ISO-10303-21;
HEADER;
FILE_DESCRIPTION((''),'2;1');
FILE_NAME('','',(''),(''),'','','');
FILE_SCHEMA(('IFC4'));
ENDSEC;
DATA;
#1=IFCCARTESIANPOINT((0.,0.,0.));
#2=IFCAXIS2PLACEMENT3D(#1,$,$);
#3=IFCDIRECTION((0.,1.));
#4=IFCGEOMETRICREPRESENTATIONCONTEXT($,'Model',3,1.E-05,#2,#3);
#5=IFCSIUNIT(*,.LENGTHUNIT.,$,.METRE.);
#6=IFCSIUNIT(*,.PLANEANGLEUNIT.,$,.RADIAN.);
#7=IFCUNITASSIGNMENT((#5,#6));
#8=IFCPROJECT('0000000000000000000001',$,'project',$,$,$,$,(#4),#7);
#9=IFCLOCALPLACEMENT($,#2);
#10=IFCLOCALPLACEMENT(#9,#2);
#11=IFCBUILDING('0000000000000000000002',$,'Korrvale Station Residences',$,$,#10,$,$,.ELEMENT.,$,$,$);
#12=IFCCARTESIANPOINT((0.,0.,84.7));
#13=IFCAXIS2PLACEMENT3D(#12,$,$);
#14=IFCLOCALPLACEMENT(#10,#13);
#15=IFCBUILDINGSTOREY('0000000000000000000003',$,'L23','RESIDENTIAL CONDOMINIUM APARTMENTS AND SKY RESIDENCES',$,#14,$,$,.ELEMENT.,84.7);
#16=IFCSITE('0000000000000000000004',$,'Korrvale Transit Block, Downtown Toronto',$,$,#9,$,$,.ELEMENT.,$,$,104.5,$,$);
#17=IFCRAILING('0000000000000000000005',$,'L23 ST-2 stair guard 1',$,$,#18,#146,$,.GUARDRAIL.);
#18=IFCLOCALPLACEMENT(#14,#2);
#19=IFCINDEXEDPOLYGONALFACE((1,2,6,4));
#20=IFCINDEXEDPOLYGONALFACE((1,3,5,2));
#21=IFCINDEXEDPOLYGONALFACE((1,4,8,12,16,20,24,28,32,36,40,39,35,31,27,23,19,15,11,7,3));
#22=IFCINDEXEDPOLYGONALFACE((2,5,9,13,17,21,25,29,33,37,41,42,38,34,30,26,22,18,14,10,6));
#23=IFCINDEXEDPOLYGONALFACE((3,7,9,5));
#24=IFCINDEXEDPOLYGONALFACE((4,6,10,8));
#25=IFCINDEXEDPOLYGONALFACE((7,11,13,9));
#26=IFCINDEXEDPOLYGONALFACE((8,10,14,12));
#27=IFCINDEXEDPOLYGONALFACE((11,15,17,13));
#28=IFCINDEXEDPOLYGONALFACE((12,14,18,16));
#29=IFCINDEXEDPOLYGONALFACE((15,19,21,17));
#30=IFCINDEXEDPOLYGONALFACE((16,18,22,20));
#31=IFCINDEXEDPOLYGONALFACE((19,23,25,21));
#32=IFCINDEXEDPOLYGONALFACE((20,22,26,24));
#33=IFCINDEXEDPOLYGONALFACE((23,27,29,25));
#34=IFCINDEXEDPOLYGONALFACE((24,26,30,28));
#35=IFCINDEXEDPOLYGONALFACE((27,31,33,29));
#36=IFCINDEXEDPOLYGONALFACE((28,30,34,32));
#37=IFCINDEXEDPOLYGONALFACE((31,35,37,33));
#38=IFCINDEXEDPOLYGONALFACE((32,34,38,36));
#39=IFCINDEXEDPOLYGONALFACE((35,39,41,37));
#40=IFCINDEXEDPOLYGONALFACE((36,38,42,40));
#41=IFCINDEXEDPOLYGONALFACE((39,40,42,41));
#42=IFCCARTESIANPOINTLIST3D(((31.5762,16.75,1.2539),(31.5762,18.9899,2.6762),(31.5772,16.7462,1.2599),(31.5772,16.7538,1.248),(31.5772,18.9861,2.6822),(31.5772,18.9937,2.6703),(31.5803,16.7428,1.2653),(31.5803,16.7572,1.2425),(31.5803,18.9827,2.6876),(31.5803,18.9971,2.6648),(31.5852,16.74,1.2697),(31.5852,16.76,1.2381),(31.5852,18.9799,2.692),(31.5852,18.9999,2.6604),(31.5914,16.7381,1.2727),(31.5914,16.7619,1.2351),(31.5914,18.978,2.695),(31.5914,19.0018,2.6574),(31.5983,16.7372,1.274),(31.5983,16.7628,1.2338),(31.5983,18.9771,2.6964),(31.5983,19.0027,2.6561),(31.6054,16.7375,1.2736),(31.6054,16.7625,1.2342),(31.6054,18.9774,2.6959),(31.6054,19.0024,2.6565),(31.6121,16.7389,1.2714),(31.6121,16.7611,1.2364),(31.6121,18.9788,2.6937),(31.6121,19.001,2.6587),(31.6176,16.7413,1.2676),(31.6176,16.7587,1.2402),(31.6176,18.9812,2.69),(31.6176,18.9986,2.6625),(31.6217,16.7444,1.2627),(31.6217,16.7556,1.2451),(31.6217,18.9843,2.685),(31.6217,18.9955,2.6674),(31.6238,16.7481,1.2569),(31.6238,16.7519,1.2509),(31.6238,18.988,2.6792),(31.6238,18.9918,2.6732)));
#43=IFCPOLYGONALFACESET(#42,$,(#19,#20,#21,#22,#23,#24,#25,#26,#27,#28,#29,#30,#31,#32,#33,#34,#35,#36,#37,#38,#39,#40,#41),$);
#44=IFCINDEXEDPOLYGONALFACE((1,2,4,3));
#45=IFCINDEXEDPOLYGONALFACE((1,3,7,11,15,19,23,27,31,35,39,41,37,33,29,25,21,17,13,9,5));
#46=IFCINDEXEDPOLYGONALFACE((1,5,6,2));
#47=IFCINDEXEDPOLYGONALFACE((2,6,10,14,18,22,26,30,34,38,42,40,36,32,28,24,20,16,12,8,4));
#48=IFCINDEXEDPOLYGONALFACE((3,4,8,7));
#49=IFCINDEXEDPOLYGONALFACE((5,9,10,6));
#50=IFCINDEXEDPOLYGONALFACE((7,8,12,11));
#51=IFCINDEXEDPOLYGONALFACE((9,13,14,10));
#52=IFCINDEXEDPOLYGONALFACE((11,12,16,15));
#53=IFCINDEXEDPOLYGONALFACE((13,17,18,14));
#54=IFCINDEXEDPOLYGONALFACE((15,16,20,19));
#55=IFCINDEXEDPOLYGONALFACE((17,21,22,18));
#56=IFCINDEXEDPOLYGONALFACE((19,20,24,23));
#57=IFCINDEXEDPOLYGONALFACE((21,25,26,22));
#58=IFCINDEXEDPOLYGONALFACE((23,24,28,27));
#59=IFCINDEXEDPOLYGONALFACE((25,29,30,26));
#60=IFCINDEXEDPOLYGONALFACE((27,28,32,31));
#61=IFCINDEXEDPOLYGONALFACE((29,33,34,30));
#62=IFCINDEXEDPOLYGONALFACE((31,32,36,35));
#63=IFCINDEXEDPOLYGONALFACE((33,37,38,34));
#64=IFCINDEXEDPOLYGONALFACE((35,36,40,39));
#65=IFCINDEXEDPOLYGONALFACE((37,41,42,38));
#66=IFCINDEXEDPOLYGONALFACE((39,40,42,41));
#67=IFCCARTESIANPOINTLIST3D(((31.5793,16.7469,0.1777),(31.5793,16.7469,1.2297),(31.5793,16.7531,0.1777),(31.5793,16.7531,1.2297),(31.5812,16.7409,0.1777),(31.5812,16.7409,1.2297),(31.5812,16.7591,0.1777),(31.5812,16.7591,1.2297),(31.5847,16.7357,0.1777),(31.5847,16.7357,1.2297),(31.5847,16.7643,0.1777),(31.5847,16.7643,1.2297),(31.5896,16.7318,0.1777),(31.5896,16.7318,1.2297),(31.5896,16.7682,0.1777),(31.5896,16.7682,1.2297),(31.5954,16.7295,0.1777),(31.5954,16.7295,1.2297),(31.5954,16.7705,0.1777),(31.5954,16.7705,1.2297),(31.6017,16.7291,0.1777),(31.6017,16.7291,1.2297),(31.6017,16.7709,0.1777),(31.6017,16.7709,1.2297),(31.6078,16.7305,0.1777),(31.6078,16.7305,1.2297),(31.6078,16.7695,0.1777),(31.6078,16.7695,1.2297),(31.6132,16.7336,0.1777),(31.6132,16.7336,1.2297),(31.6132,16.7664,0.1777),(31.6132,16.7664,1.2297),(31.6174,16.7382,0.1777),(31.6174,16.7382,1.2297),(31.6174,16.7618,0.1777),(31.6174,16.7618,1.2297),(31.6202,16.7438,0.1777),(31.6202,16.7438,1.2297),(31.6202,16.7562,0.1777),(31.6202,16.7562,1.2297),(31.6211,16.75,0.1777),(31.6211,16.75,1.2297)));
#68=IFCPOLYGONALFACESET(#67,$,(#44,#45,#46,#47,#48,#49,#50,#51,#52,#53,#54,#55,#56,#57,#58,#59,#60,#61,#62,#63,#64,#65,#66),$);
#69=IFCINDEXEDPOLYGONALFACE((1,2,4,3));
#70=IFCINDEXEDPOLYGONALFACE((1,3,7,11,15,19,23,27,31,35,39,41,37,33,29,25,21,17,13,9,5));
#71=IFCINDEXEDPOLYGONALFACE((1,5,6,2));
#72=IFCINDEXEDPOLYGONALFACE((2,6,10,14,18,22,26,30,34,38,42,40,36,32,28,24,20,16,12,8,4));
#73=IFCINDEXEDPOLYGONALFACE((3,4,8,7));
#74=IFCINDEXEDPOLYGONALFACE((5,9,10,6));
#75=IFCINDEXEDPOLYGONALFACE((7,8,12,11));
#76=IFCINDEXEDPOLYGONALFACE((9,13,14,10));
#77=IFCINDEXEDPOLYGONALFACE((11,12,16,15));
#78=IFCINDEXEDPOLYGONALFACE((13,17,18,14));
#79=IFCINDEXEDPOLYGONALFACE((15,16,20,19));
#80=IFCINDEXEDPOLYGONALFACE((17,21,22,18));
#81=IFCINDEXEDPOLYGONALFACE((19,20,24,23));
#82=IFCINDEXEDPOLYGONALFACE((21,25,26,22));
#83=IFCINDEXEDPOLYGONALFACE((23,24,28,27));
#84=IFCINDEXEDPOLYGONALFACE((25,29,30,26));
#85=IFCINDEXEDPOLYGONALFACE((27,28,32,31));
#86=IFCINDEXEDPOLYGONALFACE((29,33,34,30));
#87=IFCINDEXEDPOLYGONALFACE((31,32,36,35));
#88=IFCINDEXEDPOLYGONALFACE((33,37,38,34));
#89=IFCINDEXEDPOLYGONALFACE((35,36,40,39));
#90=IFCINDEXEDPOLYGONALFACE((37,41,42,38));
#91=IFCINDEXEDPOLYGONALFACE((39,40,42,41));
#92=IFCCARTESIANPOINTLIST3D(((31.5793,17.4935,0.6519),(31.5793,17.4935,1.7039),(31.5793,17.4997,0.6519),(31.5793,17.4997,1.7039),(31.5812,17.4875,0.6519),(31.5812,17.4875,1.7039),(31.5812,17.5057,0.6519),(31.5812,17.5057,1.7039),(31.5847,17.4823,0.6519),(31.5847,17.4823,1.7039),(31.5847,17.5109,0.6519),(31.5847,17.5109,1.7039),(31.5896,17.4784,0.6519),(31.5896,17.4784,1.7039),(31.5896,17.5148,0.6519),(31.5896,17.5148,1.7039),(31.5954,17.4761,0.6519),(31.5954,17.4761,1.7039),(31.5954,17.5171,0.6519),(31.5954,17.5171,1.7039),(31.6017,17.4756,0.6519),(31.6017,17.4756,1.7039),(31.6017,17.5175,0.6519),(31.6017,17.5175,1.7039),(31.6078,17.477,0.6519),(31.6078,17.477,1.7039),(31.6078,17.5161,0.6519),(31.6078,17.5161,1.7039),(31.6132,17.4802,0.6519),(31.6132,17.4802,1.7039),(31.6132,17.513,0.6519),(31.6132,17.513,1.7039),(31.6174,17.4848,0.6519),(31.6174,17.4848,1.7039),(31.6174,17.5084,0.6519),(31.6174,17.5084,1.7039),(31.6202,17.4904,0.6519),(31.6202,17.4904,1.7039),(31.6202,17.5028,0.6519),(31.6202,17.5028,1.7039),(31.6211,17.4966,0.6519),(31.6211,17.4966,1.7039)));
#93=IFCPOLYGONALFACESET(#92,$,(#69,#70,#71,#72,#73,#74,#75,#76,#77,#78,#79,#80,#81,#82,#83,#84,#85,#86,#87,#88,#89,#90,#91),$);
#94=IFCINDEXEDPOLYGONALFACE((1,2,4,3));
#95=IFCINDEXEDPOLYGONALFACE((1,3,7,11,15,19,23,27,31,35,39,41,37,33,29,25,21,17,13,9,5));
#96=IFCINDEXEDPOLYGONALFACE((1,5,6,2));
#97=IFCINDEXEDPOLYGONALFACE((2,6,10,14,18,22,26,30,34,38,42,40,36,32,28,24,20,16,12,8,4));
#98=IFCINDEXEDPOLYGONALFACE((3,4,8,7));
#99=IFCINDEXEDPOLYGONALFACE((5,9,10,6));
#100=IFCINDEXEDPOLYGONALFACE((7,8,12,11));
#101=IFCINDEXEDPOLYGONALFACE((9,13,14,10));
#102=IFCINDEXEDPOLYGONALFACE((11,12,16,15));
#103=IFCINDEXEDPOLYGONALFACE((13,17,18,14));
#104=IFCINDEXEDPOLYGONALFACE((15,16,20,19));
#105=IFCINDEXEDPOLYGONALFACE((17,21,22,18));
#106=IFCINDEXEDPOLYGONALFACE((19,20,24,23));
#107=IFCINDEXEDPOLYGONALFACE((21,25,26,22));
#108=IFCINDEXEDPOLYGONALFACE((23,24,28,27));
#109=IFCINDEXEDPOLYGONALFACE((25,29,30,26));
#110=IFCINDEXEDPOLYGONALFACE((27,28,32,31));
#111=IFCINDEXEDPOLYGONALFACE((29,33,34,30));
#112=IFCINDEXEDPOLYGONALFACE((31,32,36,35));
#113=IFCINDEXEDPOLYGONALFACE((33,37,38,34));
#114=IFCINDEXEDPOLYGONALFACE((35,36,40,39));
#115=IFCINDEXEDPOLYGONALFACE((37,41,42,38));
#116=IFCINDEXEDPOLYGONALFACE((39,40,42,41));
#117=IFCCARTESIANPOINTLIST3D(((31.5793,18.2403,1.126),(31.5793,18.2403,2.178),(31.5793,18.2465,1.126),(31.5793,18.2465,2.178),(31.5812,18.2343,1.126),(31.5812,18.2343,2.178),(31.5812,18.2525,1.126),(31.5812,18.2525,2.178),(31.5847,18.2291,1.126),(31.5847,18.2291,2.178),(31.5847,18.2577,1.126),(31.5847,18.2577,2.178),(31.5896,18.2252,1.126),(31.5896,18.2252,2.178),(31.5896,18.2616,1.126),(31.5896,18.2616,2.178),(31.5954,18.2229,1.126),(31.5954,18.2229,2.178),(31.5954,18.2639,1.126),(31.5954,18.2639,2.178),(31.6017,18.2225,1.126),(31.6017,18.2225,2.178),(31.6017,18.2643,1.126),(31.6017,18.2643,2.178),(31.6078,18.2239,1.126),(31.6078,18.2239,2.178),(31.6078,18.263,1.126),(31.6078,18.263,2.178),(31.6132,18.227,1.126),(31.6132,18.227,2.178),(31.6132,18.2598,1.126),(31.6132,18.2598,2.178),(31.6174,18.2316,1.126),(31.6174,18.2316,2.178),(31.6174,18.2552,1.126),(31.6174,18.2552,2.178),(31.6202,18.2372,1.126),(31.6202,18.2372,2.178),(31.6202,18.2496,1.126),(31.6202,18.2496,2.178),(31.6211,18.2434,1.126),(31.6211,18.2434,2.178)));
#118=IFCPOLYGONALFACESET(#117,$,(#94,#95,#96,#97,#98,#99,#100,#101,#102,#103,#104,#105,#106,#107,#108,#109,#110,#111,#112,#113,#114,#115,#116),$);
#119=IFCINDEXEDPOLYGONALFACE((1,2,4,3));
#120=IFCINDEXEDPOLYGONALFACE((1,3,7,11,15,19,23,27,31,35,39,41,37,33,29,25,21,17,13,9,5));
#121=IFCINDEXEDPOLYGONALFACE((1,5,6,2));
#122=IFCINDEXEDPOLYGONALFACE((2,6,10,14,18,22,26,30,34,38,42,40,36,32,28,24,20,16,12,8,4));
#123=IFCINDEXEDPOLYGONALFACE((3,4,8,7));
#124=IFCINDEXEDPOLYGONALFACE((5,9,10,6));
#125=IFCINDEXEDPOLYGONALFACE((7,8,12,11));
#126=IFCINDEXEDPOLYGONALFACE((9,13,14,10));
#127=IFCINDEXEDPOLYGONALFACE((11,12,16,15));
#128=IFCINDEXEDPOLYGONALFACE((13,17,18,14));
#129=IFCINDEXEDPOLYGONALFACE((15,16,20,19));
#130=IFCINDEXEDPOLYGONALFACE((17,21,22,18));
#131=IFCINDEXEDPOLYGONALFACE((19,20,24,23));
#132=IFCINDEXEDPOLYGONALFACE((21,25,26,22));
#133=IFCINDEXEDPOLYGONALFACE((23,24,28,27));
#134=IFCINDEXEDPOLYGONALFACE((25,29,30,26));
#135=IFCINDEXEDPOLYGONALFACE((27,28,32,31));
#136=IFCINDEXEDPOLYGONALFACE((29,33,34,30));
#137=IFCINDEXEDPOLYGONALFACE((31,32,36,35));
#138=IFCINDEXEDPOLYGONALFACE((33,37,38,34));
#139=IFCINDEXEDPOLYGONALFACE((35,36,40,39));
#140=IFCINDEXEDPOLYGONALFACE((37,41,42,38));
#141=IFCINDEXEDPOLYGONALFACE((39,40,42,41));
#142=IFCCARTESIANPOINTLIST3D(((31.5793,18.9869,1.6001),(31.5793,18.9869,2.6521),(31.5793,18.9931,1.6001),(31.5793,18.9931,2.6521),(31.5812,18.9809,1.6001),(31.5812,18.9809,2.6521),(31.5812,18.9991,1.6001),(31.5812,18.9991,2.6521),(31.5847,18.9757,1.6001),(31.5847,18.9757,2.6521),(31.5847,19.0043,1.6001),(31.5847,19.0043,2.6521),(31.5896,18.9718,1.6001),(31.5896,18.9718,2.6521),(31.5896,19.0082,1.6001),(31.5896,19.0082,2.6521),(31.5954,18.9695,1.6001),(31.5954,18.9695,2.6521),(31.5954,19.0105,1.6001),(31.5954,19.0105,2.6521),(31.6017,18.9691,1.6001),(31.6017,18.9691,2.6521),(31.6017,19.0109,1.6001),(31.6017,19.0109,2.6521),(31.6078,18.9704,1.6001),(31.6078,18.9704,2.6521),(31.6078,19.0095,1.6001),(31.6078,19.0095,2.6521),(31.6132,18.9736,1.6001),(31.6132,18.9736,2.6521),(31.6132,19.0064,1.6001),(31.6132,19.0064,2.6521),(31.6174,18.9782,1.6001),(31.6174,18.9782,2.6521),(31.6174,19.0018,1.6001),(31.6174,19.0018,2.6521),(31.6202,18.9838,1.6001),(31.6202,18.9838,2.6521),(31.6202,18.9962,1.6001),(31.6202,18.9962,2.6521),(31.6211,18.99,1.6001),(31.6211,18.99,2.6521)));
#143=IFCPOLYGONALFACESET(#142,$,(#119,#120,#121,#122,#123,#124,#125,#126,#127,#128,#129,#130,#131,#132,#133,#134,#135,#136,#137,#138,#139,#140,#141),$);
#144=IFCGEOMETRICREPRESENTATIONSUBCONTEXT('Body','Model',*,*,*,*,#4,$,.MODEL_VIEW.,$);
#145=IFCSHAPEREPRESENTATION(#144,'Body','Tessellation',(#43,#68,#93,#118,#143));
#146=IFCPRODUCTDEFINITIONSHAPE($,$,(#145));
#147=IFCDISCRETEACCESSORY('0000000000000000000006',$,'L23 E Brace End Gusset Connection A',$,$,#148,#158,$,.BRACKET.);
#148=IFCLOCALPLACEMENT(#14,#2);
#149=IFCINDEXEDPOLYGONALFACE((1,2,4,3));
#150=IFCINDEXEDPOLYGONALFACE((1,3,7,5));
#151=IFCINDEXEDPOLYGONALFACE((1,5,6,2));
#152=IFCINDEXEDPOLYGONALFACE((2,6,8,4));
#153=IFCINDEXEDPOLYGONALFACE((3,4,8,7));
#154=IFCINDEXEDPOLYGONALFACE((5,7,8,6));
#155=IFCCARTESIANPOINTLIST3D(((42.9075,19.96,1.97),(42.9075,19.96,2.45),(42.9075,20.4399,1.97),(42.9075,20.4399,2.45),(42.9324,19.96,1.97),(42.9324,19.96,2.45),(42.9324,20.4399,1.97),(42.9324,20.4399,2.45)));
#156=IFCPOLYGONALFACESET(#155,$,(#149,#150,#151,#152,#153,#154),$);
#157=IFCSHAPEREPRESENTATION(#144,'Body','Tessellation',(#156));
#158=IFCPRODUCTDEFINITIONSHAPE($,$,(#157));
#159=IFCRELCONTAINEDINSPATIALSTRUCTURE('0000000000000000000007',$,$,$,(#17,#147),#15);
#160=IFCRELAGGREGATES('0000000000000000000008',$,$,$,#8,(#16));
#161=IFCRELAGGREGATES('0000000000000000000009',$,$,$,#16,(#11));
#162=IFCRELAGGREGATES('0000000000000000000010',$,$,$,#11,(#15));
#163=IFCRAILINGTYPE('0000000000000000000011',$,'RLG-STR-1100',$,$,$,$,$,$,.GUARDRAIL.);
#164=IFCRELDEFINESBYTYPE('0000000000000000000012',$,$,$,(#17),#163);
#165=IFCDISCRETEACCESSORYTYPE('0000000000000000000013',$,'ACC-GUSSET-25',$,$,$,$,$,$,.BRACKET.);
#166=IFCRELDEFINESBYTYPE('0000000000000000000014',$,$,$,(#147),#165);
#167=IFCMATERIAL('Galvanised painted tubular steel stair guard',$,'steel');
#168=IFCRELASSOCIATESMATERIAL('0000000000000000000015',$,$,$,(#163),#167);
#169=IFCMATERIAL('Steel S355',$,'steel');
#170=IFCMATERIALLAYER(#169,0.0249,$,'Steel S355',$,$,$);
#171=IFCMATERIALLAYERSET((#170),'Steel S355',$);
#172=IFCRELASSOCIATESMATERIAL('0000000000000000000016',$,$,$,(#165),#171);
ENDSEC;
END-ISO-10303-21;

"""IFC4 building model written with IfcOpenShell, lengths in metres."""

from ifc_helpers import new_model, si_unit, direction, frame, origin, origin_2d, place, context, subcontext, project, spatial, rectangle, circle, extrude, material, layer, layer_set, type_object, element, save


model = new_model("IFC4")

# Units and contexts
model_context = context("Model", 3, precision=1e-05, world=origin(), true_north=direction((0.0, 1.0)))
body_context = subcontext(model_context, "Body", "Model", "MODEL_VIEW")
ifc_project = project(units=[si_unit("LENGTHUNIT", "METRE"), si_unit("PLANEANGLEUNIT", "RADIAN")], contexts=[model_context])

# Site, building, storey
site_placement = place(None, origin())
site = spatial("IfcSite", under=ifc_project, at=site_placement, Name="Korrvale Transit Block, Downtown Toronto", CompositionType="ELEMENT", RefElevation=104.5)
building_placement = place(site_placement, origin())
building = spatial("IfcBuilding", under=site, at=building_placement, Name="Korrvale Station Residences", CompositionType="ELEMENT")
storey_placement = place(building_placement, frame((0.0, 0.0, 84.7)))
storey = spatial("IfcBuildingStorey", under=building, at=storey_placement, Name="L23", Description="RESIDENTIAL CONDOMINIUM APARTMENTS AND SKY RESIDENCES", CompositionType="ELEMENT", Elevation=84.7)

# Shared definitions
ifc_material_1 = material(Name="Steel S355", Category="steel")

# Railing
ifc_material_2 = material(Name="Galvanised painted tubular steel stair guard", Category="steel")
railing_type_1 = type_object("IfcRailingType", Name="RLG-STR-1100", PredefinedType="GUARDRAIL", material=ifc_material_2)
railing_1_placement = place(storey_placement, frame((31.6001, 16.75, 0.1777)))
element("IfcRailing", 1, at=railing_1_placement, inside=storey, type_object=railing_type_1, Name="L23 ST-2 stair guard 1", PredefinedType="GUARDRAIL", context=body_context, shape_type="SweptSolid", body=[
    extrude(circle(Radius=0.0239, at=origin_2d()), frame((0.0, 0.0, 1.0762), z_axis=(0.0, 0.844188, 0.536048), x_axis=(-1.0, 0.0, 0.0)), (0.0, 0.0, 1.0), 2.6533),
    extrude(circle(Radius=0.021, at=origin_2d()), origin(), (0.0, 0.0, 1.0), 1.052),
    extrude(circle(Radius=0.021, at=origin_2d()), frame((0.0, 0.7466, 0.4741)), (0.0, 0.0, 1.0), 1.052),
    extrude(circle(Radius=0.021, at=origin_2d()), frame((0.0, 1.4934, 0.9482)), (0.0, 0.0, 1.0), 1.052),
    extrude(circle(Radius=0.021, at=origin_2d()), frame((0.0, 2.24, 1.4224)), (0.0, 0.0, 1.0), 1.052),
])

# Discrete accessory
ifc_layer_1 = layer(ifc_material_1, 0.0249, Name="Steel S355")
ifc_layer_set_1 = layer_set([ifc_layer_1], Name="Steel S355")
discrete_accessory_type = type_object("IfcDiscreteAccessoryType", Name="ACC-GUSSET-25", PredefinedType="BRACKET", material=ifc_layer_set_1)
discrete_accessory_placement = place(storey_placement, frame((42.9199, 20.2, 1.97), z_axis=(0.0, 0.0, 1.0), x_axis=(0.0, 1.0, 0.0)))
element("IfcDiscreteAccessory", 2, at=discrete_accessory_placement, inside=storey, type_object=discrete_accessory_type, Name="L23 E Brace End Gusset Connection A", PredefinedType="BRACKET", context=body_context, shape_type="SweptSolid", body=[
    extrude(rectangle(XDim=0.48, YDim=0.0249, at=origin_2d()), origin(), (0.0, 0.0, 1.0), 0.48),
])

save(model, "model.ifc")
